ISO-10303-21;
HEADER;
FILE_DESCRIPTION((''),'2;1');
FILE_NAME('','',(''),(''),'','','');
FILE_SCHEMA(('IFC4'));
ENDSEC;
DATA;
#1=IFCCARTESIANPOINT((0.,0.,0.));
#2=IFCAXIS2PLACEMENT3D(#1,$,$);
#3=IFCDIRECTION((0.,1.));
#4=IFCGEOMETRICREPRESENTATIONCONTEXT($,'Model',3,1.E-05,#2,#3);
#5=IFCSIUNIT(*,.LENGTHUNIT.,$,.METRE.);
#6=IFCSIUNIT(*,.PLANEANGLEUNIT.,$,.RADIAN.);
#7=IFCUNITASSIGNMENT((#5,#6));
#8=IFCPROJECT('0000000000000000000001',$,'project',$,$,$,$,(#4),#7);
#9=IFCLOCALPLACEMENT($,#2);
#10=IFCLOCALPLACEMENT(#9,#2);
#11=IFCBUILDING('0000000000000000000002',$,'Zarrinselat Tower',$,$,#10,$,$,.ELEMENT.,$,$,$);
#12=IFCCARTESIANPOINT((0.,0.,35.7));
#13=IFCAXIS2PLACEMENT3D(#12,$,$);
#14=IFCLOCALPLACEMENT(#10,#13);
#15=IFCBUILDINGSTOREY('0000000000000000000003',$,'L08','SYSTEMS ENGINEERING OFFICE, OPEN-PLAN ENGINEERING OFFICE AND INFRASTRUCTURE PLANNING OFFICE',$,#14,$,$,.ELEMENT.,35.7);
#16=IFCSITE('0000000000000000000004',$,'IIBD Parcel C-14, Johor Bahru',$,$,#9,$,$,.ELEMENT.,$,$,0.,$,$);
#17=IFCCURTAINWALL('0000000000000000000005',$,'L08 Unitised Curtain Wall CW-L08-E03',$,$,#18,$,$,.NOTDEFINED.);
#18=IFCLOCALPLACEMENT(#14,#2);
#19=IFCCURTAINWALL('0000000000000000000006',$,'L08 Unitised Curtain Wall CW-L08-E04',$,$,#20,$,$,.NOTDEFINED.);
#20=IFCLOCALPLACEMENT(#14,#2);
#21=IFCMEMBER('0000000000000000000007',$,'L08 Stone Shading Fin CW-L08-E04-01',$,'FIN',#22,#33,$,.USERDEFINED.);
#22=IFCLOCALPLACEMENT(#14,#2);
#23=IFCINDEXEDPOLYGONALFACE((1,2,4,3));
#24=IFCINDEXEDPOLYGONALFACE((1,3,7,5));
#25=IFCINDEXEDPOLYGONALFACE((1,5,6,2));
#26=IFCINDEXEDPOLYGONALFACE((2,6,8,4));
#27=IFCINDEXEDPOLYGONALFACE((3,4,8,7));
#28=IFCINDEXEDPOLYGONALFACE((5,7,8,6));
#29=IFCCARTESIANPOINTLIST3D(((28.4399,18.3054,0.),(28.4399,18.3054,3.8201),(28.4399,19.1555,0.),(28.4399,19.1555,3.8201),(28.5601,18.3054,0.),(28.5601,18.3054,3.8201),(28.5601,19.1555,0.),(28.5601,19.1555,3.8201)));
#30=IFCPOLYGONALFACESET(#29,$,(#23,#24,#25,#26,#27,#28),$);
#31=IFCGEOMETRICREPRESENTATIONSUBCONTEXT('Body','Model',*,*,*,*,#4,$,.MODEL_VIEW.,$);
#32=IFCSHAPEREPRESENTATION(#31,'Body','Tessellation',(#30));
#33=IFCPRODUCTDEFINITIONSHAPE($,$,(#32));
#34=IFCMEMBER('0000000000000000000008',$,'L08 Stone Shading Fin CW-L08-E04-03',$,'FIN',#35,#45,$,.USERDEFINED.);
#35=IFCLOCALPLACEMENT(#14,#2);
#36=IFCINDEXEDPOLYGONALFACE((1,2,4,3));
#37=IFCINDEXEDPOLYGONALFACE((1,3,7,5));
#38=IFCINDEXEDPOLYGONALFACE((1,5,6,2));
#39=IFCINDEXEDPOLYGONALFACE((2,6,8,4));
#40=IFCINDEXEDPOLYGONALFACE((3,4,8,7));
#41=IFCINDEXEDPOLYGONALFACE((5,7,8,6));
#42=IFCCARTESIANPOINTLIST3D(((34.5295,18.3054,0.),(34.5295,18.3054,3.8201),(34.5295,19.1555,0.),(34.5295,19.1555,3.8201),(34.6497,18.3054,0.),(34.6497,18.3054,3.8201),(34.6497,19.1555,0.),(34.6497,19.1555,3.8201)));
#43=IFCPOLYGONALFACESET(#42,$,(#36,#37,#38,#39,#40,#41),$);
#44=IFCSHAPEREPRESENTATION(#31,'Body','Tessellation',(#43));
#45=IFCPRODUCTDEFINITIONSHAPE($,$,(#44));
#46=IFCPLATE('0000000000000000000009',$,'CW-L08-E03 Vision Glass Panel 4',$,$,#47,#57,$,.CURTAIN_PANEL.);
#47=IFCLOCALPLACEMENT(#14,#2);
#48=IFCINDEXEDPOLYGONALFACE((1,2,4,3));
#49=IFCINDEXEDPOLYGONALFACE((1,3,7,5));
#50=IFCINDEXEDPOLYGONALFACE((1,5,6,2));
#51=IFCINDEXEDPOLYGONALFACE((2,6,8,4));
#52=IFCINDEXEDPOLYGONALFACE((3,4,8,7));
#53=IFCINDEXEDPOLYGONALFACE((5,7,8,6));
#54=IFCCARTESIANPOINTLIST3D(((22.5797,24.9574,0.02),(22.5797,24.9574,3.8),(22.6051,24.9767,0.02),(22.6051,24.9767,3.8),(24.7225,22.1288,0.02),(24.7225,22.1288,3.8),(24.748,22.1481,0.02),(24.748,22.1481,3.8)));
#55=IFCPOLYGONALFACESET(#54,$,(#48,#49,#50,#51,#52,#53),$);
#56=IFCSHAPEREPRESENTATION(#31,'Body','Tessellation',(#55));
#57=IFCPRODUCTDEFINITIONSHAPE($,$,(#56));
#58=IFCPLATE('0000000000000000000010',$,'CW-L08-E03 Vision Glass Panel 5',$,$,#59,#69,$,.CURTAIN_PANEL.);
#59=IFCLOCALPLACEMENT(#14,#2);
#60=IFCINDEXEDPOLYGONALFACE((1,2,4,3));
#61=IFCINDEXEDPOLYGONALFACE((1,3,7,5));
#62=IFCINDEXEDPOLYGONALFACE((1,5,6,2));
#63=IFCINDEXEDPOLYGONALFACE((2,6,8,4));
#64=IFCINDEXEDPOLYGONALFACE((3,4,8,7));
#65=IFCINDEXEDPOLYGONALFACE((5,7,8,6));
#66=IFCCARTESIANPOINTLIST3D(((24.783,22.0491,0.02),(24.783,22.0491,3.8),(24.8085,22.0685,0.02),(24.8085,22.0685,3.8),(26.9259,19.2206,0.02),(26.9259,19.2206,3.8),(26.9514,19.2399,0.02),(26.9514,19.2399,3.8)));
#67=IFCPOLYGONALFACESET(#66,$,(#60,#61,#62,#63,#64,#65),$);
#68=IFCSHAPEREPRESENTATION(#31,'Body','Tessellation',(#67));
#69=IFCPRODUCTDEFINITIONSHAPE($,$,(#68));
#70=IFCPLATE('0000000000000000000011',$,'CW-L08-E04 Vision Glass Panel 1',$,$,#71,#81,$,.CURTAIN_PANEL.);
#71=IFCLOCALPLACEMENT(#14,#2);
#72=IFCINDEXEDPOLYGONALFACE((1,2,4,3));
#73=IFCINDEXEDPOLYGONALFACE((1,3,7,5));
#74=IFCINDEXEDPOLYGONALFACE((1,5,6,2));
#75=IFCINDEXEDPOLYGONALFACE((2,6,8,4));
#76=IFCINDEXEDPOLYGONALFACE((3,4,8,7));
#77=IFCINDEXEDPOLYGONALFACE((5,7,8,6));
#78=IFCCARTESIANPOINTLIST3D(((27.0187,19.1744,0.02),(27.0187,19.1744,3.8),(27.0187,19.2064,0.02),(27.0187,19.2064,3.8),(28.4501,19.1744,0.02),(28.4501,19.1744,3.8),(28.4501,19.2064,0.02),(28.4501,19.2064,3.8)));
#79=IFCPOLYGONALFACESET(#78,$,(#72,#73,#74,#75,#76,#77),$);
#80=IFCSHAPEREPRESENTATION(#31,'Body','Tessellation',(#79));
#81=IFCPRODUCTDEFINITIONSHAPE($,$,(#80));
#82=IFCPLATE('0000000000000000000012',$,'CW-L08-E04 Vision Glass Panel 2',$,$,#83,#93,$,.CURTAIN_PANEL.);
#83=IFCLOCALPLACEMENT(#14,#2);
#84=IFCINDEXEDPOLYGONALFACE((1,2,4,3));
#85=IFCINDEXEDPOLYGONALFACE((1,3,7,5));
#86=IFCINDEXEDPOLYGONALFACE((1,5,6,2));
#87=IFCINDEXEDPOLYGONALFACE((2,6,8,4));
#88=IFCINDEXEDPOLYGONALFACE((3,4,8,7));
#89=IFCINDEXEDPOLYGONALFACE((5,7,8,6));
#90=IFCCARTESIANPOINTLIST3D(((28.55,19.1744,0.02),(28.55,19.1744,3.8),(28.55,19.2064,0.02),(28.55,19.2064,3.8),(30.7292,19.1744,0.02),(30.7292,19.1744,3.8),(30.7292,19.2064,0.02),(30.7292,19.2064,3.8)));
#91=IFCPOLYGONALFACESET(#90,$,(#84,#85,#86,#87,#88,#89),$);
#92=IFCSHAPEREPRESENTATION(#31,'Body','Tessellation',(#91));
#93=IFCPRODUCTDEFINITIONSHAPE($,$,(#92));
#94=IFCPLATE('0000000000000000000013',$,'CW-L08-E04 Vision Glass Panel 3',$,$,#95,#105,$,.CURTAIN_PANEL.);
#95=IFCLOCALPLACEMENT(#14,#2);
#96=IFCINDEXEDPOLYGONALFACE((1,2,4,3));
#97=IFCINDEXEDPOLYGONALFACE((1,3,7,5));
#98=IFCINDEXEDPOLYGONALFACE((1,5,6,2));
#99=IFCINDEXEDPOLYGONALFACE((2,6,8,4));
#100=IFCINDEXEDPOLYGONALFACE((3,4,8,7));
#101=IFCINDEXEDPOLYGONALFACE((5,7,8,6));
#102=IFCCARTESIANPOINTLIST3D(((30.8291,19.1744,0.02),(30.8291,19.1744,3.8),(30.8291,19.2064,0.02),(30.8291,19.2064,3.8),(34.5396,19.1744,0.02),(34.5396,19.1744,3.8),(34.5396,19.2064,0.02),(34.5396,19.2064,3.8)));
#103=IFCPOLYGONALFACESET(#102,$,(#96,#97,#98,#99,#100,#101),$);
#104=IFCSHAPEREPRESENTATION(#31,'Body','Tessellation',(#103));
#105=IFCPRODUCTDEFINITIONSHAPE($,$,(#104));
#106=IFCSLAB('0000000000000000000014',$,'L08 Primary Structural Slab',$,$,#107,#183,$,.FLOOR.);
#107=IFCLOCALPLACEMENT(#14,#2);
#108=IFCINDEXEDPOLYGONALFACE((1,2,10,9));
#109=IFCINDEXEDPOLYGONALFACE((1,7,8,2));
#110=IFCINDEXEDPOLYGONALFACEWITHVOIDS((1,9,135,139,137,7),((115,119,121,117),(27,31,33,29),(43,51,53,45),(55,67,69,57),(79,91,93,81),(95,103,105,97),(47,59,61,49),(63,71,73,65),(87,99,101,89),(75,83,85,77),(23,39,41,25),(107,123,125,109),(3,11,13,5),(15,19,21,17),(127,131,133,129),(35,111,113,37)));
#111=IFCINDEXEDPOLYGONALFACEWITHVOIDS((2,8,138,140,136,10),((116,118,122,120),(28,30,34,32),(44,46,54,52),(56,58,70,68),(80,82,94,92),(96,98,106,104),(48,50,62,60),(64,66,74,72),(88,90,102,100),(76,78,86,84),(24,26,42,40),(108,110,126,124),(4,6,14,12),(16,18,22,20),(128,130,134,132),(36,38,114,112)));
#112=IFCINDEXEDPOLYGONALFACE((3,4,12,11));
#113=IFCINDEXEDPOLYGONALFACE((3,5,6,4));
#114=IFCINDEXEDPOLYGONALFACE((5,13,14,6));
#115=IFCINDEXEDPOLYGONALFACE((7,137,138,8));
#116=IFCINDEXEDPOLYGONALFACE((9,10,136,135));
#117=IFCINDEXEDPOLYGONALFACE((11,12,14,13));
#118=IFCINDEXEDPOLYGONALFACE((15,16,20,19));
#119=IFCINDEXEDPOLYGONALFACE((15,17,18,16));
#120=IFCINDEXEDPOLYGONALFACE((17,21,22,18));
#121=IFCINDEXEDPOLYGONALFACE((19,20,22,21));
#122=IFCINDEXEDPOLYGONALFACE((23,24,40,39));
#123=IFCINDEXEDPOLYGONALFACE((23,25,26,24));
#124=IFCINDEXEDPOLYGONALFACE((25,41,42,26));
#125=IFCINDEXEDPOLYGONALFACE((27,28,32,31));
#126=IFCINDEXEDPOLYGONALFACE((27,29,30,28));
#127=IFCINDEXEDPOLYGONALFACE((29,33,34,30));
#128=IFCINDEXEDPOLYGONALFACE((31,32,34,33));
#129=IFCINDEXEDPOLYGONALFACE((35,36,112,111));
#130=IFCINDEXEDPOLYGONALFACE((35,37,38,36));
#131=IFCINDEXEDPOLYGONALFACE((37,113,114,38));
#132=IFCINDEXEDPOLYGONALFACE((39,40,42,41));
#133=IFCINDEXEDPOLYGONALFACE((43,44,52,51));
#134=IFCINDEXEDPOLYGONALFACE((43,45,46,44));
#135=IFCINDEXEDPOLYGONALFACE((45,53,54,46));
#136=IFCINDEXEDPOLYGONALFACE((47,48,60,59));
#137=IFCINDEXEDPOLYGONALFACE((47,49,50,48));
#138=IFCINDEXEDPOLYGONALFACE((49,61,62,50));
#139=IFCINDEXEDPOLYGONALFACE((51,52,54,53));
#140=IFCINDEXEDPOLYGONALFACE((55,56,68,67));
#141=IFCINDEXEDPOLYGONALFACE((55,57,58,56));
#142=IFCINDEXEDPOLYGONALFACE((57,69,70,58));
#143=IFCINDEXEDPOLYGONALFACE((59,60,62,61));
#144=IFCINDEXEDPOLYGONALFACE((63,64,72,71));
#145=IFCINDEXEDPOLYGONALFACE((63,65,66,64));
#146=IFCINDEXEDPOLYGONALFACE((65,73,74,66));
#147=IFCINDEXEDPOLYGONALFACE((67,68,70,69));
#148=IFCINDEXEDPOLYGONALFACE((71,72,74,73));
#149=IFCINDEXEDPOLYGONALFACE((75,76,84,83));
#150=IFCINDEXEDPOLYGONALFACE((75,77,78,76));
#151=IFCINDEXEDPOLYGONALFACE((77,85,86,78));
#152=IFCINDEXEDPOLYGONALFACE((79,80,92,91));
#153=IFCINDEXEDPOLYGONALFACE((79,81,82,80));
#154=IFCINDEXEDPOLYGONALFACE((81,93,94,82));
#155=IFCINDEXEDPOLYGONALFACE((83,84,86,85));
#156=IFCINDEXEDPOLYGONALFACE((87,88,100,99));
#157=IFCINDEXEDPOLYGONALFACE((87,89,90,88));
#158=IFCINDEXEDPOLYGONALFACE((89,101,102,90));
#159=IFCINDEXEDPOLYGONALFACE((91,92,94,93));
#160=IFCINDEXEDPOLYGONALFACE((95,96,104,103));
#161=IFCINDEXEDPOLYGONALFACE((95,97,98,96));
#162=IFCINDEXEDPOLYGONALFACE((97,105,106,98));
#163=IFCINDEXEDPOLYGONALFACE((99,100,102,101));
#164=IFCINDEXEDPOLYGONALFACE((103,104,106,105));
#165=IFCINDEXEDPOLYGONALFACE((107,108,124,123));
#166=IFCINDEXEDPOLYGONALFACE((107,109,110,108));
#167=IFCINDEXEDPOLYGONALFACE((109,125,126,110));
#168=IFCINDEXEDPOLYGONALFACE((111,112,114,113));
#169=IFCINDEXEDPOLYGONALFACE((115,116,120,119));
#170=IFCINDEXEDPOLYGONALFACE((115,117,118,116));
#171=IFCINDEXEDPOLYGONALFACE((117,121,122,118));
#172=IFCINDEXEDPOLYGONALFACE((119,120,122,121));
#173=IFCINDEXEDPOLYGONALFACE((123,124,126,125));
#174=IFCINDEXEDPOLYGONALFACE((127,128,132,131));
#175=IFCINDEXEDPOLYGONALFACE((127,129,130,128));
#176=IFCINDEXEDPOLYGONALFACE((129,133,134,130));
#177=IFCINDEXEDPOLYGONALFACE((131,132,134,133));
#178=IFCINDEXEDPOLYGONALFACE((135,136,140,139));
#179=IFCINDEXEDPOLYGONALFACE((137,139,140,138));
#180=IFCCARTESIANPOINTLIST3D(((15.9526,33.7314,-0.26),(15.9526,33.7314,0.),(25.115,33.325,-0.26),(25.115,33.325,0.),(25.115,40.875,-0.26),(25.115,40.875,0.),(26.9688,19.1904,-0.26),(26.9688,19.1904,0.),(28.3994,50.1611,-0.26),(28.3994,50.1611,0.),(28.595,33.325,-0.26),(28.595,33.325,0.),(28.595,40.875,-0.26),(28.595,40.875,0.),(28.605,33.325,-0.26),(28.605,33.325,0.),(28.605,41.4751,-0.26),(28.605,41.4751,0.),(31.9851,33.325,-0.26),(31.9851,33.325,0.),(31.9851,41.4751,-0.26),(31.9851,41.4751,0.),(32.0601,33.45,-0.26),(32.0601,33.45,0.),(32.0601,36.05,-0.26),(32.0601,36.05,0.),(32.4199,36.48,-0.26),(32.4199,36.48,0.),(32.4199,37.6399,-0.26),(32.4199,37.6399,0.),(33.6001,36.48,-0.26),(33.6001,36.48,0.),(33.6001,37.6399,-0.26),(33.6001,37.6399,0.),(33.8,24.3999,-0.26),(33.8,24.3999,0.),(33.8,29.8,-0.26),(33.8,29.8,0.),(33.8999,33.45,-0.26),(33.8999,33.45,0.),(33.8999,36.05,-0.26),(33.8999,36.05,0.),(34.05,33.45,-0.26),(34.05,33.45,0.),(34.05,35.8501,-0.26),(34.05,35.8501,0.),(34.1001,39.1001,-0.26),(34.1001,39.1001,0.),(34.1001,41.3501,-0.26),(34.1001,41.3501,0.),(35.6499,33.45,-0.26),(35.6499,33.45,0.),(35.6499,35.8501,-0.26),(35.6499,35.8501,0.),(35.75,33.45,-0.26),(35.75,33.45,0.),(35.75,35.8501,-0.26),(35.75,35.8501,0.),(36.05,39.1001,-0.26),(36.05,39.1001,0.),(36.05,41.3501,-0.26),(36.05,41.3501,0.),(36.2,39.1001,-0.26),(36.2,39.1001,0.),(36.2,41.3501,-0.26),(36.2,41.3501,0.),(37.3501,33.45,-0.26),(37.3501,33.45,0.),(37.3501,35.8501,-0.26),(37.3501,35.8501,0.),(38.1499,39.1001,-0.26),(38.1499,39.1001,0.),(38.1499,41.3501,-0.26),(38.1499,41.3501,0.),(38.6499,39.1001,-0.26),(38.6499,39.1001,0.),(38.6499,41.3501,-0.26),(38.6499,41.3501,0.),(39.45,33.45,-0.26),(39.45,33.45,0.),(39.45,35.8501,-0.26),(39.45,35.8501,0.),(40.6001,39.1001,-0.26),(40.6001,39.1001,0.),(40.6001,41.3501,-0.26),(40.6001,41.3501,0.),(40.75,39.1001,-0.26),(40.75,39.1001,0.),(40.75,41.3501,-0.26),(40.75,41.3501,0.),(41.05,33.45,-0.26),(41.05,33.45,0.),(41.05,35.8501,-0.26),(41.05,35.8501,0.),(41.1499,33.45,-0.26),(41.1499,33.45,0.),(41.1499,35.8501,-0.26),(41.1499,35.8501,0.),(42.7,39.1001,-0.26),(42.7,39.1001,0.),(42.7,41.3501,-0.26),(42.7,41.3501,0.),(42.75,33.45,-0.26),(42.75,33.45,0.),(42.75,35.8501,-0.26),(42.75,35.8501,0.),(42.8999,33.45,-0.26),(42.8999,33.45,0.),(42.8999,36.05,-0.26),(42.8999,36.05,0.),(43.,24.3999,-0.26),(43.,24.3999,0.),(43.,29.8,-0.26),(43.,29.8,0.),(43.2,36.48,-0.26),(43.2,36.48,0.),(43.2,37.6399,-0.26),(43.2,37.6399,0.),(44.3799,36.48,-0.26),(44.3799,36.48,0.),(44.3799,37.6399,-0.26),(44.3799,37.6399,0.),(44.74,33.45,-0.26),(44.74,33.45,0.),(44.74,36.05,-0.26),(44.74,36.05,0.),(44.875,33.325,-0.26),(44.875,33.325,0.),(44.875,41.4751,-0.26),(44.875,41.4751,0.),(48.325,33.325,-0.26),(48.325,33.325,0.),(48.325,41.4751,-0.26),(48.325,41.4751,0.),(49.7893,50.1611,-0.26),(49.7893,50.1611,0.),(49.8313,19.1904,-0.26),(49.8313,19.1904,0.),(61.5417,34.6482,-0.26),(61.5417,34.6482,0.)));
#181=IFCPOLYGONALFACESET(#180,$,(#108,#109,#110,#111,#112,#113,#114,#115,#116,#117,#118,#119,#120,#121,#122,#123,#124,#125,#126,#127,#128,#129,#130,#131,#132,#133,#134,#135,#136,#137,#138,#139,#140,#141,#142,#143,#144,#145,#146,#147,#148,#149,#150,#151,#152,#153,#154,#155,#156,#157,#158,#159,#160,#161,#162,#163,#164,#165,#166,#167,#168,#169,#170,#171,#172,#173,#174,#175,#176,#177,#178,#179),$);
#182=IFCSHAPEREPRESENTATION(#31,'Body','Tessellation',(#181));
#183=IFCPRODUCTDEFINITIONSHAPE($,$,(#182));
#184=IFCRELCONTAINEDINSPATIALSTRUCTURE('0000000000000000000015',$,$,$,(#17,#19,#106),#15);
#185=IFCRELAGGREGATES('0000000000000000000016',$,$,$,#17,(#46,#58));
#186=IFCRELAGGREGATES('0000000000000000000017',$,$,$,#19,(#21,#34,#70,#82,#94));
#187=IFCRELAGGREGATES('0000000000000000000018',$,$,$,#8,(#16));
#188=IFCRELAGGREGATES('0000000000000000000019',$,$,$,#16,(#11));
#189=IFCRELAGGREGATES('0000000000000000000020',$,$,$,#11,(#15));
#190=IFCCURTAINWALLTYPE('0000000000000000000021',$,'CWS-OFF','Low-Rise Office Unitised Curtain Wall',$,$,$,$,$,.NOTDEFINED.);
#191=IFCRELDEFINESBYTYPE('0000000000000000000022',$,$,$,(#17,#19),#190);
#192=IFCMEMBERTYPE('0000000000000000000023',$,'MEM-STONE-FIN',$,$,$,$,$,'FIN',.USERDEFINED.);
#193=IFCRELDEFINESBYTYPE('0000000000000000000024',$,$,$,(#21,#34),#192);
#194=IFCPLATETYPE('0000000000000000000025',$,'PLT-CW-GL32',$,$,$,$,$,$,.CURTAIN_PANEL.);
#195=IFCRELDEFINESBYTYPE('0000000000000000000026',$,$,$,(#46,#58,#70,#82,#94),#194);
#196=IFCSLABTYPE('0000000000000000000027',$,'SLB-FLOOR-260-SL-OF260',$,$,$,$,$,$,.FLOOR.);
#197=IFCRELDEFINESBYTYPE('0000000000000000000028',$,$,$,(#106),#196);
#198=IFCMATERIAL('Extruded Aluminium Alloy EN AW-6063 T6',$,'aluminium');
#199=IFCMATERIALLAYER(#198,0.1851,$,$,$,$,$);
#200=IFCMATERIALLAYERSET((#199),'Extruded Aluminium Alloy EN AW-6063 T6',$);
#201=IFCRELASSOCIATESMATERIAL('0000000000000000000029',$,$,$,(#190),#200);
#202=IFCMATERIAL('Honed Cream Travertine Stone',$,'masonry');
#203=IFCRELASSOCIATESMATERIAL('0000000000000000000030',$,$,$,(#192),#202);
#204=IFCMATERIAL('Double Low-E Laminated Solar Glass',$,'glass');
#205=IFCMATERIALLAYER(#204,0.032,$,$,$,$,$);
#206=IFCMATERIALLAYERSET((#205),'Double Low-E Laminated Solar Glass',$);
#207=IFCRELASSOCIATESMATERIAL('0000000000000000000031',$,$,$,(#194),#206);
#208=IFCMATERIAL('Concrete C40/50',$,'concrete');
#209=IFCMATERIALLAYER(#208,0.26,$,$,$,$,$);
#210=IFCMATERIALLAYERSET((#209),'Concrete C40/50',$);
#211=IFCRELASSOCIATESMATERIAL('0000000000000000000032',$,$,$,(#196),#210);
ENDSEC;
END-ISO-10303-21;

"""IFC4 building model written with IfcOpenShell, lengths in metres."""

from ifc_helpers import new_model, si_unit, direction, frame, origin, origin_2d, place, context, subcontext, project, spatial, polyline, rectangle, outline, extrude, material, layer, layer_set, material_profile, profile_set, type_object, element, aggregate, save


model = new_model("IFC4")

# Units and contexts
model_context = context("Model", 3, precision=1e-05, world=origin(), true_north=direction((0.0, 1.0)))
body_context = subcontext(model_context, "Body", "Model", "MODEL_VIEW")
ifc_project = project(units=[si_unit("LENGTHUNIT", "METRE"), si_unit("PLANEANGLEUNIT", "RADIAN")], contexts=[model_context])

# Site, building, storey
site_placement = place(None, origin())
site = spatial("IfcSite", under=ifc_project, at=site_placement, Name="IIBD Parcel C-14, Johor Bahru", CompositionType="ELEMENT", RefElevation=0.0)
building_placement = place(site_placement, origin())
building = spatial("IfcBuilding", under=site, at=building_placement, Name="Zarrinselat Tower", CompositionType="ELEMENT")
storey_placement = place(building_placement, frame((0.0, 0.0, 35.7)))
storey = spatial("IfcBuildingStorey", under=building, at=storey_placement, Name="L08", Description="SYSTEMS ENGINEERING OFFICE, OPEN-PLAN ENGINEERING OFFICE AND INFRASTRUCTURE PLANNING OFFICE", CompositionType="ELEMENT", Elevation=35.7)

# Curtain walls
ifc_material_1 = material(Name="Extruded Aluminium Alloy EN AW-6063 T6", Category="aluminium")
ifc_layer_1 = layer(ifc_material_1, 0.1851)
ifc_layer_set_1 = layer_set([ifc_layer_1], Name="Extruded Aluminium Alloy EN AW-6063 T6")
curtain_wall_type = type_object("IfcCurtainWallType", Name="CWS-OFF", Description="Low-Rise Office Unitised Curtain Wall", PredefinedType="NOTDEFINED", material=ifc_layer_set_1)
curtain_wall_1_placement = place(storey_placement, origin())
curtain_wall_1 = element("IfcCurtainWall", 1, at=curtain_wall_1_placement, inside=storey, type_object=curtain_wall_type, Name="L08 Unitised Curtain Wall CW-L08-E03", PredefinedType="NOTDEFINED")
curtain_wall_2_placement = place(storey_placement, origin())
curtain_wall_2 = element("IfcCurtainWall", 2, at=curtain_wall_2_placement, inside=storey, type_object=curtain_wall_type, Name="L08 Unitised Curtain Wall CW-L08-E04", PredefinedType="NOTDEFINED")

# Members
ifc_material_2 = material(Name="Honed Cream Travertine Stone", Category="masonry")
ifc_material_profile_1 = material_profile(ifc_material_2, rectangle(XDim=0.1201, YDim=0.8501, at=origin_2d()), Name="FIN 850x120")
ifc_profile_set_1 = profile_set([ifc_material_profile_1], Name="Honed Cream Travertine Stone")
member_type_1 = type_object("IfcMemberType", Name="MEM-STONE-FIN", ElementType="FIN", PredefinedType="USERDEFINED", material=ifc_profile_set_1)
member_1_placement = place(storey_placement, frame((28.5, 18.7305, 0.0), z_axis=(0.0, 0.0, 1.0), x_axis=(-1.0, 0.0, 0.0)))
member_1 = element("IfcMember", 3, at=member_1_placement, type_object=member_type_1, Name="L08 Stone Shading Fin CW-L08-E04-01", ObjectType="FIN", PredefinedType="USERDEFINED", context=body_context, shape_type="SweptSolid", body=[
    extrude(rectangle(XDim=0.1201, YDim=0.8501, at=origin_2d()), origin(), (0.0, 0.0, 1.0), 3.8201),
])
member_2_placement = place(storey_placement, frame((34.5896, 18.7305, 0.0), z_axis=(0.0, 0.0, 1.0), x_axis=(-1.0, 0.0, 0.0)))
member_2 = element("IfcMember", 4, at=member_2_placement, type_object=member_type_1, Name="L08 Stone Shading Fin CW-L08-E04-03", ObjectType="FIN", PredefinedType="USERDEFINED", context=body_context, shape_type="SweptSolid", body=[
    extrude(rectangle(XDim=0.1201, YDim=0.8501, at=origin_2d()), origin(), (0.0, 0.0, 1.0), 3.8201),
])

# Plates
ifc_material_3 = material(Name="Double Low-E Laminated Solar Glass", Category="glass")
ifc_layer_2 = layer(ifc_material_3, 0.032)
ifc_layer_set_2 = layer_set([ifc_layer_2], Name="Double Low-E Laminated Solar Glass")
plate_type = type_object("IfcPlateType", Name="PLT-CW-GL32", PredefinedType="CURTAIN_PANEL", material=ifc_layer_set_2)
plate_1_placement = place(storey_placement, frame((23.6638, 23.5527, 0.02), z_axis=(0.0, 0.0, 1.0), x_axis=(0.603858, -0.797092, 0.0)))
plate_1 = element("IfcPlate", 5, at=plate_1_placement, type_object=plate_type, Name="CW-L08-E03 Vision Glass Panel 4", PredefinedType="CURTAIN_PANEL", context=body_context, shape_type="SweptSolid", body=[
    extrude(rectangle(XDim=3.5486, YDim=0.032, at=origin_2d()), origin(), (0.0, 0.0, 1.0), 3.78),
])
plate_2_placement = place(storey_placement, frame((25.8672, 20.6445, 0.02), z_axis=(0.0, 0.0, 1.0), x_axis=(0.603858, -0.797092, 0.0)))
plate_2 = element("IfcPlate", 6, at=plate_2_placement, type_object=plate_type, Name="CW-L08-E03 Vision Glass Panel 5", PredefinedType="CURTAIN_PANEL", context=body_context, shape_type="SweptSolid", body=[
    extrude(rectangle(XDim=3.5486, YDim=0.032, at=origin_2d()), origin(), (0.0, 0.0, 1.0), 3.78),
])
aggregate(curtain_wall_1, [plate_1, plate_2])
plate_3_placement = place(storey_placement, frame((27.7344, 19.1904, 0.02), z_axis=(0.0, 0.0, 1.0), x_axis=(1.0, 0.0, 0.0)))
plate_3 = element("IfcPlate", 7, at=plate_3_placement, type_object=plate_type, Name="CW-L08-E04 Vision Glass Panel 1", PredefinedType="CURTAIN_PANEL", context=body_context, shape_type="SweptSolid", body=[
    extrude(rectangle(XDim=1.4314, YDim=0.032, at=origin_2d()), origin(), (0.0, 0.0, 1.0), 3.78),
])
plate_4_placement = place(storey_placement, frame((29.6396, 19.1904, 0.02), z_axis=(0.0, 0.0, 1.0), x_axis=(1.0, 0.0, 0.0)))
plate_4 = element("IfcPlate", 8, at=plate_4_placement, type_object=plate_type, Name="CW-L08-E04 Vision Glass Panel 2", PredefinedType="CURTAIN_PANEL", context=body_context, shape_type="SweptSolid", body=[
    extrude(rectangle(XDim=2.1792, YDim=0.032, at=origin_2d()), origin(), (0.0, 0.0, 1.0), 3.78),
])
plate_5_placement = place(storey_placement, frame((32.6843, 19.1904, 0.02), z_axis=(0.0, 0.0, 1.0), x_axis=(1.0, 0.0, 0.0)))
plate_5 = element("IfcPlate", 9, at=plate_5_placement, type_object=plate_type, Name="CW-L08-E04 Vision Glass Panel 3", PredefinedType="CURTAIN_PANEL", context=body_context, shape_type="SweptSolid", body=[
    extrude(rectangle(XDim=3.7104, YDim=0.032, at=origin_2d()), origin(), (0.0, 0.0, 1.0), 3.78),
])
aggregate(curtain_wall_2, [member_1, member_2, plate_3, plate_4, plate_5])

# Slab
ifc_material_4 = material(Name="Concrete C40/50", Category="concrete")
ifc_layer_3 = layer(ifc_material_4, 0.26)
ifc_layer_set_3 = layer_set([ifc_layer_3], Name="Concrete C40/50")
slab_type_1 = type_object("IfcSlabType", Name="SLB-FLOOR-260-SL-OF260", PredefinedType="FLOOR", material=ifc_layer_set_3)
slab_1_placement = place(storey_placement, frame((0.0, 0.0, -0.26)))
element("IfcSlab", 10, at=slab_1_placement, inside=storey, type_object=slab_type_1, Name="L08 Primary Structural Slab", PredefinedType="FLOOR", context=body_context, shape_type="SweptSolid", body=[
    extrude(outline(polyline([(49.7893, 50.1611), (28.3994, 50.1611), (15.9526, 33.7314), (26.9688, 19.1904), (49.8313, 19.1904), (61.5417, 34.6482), (49.7893, 50.1611)]), holes=[polyline([(34.05, 33.45), (34.05, 35.8501), (35.6499, 35.8501), (35.6499, 33.45), (34.05, 33.45)]), polyline([(35.75, 33.45), (35.75, 35.8501), (37.3501, 35.8501), (37.3501, 33.45), (35.75, 33.45)]), polyline([(32.0601, 33.45), (32.0601, 36.05), (33.8999, 36.05), (33.8999, 33.45), (32.0601, 33.45)]), polyline([(32.4199, 36.48), (32.4199, 37.6399), (33.6001, 37.6399), (33.6001, 36.48), (32.4199, 36.48)]), polyline([(28.595, 33.325), (25.115, 33.325), (25.115, 40.875), (28.595, 40.875), (28.595, 33.325)]), polyline([(31.9851, 33.325), (28.605, 33.325), (28.605, 41.4751), (31.9851, 41.4751), (31.9851, 33.325)]), polyline([(34.1001, 39.1001), (34.1001, 41.3501), (36.05, 41.3501), (36.05, 39.1001), (34.1001, 39.1001)]), polyline([(36.2, 39.1001), (36.2, 41.3501), (38.1499, 41.3501), (38.1499, 39.1001), (36.2, 39.1001)]), polyline([(33.8, 24.3999), (33.8, 29.8), (43.0, 29.8), (43.0, 24.3999), (33.8, 24.3999)]), polyline([(39.45, 33.45), (39.45, 35.8501), (41.05, 35.8501), (41.05, 33.45), (39.45, 33.45)]), polyline([(41.1499, 33.45), (41.1499, 35.8501), (42.75, 35.8501), (42.75, 33.45), (41.1499, 33.45)]), polyline([(42.8999, 33.45), (42.8999, 36.05), (44.74, 36.05), (44.74, 33.45), (42.8999, 33.45)]), polyline([(43.2, 36.48), (43.2, 37.6399), (44.3799, 37.6399), (44.3799, 36.48), (43.2, 36.48)]), polyline([(48.325, 33.325), (44.875, 33.325), (44.875, 41.4751), (48.325, 41.4751), (48.325, 33.325)]), polyline([(38.6499, 39.1001), (38.6499, 41.3501), (40.6001, 41.3501), (40.6001, 39.1001), (38.6499, 39.1001)]), polyline([(40.75, 39.1001), (40.75, 41.3501), (42.7, 41.3501), (42.7, 39.1001), (40.75, 39.1001)])]), origin(), (0.0, 0.0, 1.0), 0.26),
])

save(model, "model.ifc")
